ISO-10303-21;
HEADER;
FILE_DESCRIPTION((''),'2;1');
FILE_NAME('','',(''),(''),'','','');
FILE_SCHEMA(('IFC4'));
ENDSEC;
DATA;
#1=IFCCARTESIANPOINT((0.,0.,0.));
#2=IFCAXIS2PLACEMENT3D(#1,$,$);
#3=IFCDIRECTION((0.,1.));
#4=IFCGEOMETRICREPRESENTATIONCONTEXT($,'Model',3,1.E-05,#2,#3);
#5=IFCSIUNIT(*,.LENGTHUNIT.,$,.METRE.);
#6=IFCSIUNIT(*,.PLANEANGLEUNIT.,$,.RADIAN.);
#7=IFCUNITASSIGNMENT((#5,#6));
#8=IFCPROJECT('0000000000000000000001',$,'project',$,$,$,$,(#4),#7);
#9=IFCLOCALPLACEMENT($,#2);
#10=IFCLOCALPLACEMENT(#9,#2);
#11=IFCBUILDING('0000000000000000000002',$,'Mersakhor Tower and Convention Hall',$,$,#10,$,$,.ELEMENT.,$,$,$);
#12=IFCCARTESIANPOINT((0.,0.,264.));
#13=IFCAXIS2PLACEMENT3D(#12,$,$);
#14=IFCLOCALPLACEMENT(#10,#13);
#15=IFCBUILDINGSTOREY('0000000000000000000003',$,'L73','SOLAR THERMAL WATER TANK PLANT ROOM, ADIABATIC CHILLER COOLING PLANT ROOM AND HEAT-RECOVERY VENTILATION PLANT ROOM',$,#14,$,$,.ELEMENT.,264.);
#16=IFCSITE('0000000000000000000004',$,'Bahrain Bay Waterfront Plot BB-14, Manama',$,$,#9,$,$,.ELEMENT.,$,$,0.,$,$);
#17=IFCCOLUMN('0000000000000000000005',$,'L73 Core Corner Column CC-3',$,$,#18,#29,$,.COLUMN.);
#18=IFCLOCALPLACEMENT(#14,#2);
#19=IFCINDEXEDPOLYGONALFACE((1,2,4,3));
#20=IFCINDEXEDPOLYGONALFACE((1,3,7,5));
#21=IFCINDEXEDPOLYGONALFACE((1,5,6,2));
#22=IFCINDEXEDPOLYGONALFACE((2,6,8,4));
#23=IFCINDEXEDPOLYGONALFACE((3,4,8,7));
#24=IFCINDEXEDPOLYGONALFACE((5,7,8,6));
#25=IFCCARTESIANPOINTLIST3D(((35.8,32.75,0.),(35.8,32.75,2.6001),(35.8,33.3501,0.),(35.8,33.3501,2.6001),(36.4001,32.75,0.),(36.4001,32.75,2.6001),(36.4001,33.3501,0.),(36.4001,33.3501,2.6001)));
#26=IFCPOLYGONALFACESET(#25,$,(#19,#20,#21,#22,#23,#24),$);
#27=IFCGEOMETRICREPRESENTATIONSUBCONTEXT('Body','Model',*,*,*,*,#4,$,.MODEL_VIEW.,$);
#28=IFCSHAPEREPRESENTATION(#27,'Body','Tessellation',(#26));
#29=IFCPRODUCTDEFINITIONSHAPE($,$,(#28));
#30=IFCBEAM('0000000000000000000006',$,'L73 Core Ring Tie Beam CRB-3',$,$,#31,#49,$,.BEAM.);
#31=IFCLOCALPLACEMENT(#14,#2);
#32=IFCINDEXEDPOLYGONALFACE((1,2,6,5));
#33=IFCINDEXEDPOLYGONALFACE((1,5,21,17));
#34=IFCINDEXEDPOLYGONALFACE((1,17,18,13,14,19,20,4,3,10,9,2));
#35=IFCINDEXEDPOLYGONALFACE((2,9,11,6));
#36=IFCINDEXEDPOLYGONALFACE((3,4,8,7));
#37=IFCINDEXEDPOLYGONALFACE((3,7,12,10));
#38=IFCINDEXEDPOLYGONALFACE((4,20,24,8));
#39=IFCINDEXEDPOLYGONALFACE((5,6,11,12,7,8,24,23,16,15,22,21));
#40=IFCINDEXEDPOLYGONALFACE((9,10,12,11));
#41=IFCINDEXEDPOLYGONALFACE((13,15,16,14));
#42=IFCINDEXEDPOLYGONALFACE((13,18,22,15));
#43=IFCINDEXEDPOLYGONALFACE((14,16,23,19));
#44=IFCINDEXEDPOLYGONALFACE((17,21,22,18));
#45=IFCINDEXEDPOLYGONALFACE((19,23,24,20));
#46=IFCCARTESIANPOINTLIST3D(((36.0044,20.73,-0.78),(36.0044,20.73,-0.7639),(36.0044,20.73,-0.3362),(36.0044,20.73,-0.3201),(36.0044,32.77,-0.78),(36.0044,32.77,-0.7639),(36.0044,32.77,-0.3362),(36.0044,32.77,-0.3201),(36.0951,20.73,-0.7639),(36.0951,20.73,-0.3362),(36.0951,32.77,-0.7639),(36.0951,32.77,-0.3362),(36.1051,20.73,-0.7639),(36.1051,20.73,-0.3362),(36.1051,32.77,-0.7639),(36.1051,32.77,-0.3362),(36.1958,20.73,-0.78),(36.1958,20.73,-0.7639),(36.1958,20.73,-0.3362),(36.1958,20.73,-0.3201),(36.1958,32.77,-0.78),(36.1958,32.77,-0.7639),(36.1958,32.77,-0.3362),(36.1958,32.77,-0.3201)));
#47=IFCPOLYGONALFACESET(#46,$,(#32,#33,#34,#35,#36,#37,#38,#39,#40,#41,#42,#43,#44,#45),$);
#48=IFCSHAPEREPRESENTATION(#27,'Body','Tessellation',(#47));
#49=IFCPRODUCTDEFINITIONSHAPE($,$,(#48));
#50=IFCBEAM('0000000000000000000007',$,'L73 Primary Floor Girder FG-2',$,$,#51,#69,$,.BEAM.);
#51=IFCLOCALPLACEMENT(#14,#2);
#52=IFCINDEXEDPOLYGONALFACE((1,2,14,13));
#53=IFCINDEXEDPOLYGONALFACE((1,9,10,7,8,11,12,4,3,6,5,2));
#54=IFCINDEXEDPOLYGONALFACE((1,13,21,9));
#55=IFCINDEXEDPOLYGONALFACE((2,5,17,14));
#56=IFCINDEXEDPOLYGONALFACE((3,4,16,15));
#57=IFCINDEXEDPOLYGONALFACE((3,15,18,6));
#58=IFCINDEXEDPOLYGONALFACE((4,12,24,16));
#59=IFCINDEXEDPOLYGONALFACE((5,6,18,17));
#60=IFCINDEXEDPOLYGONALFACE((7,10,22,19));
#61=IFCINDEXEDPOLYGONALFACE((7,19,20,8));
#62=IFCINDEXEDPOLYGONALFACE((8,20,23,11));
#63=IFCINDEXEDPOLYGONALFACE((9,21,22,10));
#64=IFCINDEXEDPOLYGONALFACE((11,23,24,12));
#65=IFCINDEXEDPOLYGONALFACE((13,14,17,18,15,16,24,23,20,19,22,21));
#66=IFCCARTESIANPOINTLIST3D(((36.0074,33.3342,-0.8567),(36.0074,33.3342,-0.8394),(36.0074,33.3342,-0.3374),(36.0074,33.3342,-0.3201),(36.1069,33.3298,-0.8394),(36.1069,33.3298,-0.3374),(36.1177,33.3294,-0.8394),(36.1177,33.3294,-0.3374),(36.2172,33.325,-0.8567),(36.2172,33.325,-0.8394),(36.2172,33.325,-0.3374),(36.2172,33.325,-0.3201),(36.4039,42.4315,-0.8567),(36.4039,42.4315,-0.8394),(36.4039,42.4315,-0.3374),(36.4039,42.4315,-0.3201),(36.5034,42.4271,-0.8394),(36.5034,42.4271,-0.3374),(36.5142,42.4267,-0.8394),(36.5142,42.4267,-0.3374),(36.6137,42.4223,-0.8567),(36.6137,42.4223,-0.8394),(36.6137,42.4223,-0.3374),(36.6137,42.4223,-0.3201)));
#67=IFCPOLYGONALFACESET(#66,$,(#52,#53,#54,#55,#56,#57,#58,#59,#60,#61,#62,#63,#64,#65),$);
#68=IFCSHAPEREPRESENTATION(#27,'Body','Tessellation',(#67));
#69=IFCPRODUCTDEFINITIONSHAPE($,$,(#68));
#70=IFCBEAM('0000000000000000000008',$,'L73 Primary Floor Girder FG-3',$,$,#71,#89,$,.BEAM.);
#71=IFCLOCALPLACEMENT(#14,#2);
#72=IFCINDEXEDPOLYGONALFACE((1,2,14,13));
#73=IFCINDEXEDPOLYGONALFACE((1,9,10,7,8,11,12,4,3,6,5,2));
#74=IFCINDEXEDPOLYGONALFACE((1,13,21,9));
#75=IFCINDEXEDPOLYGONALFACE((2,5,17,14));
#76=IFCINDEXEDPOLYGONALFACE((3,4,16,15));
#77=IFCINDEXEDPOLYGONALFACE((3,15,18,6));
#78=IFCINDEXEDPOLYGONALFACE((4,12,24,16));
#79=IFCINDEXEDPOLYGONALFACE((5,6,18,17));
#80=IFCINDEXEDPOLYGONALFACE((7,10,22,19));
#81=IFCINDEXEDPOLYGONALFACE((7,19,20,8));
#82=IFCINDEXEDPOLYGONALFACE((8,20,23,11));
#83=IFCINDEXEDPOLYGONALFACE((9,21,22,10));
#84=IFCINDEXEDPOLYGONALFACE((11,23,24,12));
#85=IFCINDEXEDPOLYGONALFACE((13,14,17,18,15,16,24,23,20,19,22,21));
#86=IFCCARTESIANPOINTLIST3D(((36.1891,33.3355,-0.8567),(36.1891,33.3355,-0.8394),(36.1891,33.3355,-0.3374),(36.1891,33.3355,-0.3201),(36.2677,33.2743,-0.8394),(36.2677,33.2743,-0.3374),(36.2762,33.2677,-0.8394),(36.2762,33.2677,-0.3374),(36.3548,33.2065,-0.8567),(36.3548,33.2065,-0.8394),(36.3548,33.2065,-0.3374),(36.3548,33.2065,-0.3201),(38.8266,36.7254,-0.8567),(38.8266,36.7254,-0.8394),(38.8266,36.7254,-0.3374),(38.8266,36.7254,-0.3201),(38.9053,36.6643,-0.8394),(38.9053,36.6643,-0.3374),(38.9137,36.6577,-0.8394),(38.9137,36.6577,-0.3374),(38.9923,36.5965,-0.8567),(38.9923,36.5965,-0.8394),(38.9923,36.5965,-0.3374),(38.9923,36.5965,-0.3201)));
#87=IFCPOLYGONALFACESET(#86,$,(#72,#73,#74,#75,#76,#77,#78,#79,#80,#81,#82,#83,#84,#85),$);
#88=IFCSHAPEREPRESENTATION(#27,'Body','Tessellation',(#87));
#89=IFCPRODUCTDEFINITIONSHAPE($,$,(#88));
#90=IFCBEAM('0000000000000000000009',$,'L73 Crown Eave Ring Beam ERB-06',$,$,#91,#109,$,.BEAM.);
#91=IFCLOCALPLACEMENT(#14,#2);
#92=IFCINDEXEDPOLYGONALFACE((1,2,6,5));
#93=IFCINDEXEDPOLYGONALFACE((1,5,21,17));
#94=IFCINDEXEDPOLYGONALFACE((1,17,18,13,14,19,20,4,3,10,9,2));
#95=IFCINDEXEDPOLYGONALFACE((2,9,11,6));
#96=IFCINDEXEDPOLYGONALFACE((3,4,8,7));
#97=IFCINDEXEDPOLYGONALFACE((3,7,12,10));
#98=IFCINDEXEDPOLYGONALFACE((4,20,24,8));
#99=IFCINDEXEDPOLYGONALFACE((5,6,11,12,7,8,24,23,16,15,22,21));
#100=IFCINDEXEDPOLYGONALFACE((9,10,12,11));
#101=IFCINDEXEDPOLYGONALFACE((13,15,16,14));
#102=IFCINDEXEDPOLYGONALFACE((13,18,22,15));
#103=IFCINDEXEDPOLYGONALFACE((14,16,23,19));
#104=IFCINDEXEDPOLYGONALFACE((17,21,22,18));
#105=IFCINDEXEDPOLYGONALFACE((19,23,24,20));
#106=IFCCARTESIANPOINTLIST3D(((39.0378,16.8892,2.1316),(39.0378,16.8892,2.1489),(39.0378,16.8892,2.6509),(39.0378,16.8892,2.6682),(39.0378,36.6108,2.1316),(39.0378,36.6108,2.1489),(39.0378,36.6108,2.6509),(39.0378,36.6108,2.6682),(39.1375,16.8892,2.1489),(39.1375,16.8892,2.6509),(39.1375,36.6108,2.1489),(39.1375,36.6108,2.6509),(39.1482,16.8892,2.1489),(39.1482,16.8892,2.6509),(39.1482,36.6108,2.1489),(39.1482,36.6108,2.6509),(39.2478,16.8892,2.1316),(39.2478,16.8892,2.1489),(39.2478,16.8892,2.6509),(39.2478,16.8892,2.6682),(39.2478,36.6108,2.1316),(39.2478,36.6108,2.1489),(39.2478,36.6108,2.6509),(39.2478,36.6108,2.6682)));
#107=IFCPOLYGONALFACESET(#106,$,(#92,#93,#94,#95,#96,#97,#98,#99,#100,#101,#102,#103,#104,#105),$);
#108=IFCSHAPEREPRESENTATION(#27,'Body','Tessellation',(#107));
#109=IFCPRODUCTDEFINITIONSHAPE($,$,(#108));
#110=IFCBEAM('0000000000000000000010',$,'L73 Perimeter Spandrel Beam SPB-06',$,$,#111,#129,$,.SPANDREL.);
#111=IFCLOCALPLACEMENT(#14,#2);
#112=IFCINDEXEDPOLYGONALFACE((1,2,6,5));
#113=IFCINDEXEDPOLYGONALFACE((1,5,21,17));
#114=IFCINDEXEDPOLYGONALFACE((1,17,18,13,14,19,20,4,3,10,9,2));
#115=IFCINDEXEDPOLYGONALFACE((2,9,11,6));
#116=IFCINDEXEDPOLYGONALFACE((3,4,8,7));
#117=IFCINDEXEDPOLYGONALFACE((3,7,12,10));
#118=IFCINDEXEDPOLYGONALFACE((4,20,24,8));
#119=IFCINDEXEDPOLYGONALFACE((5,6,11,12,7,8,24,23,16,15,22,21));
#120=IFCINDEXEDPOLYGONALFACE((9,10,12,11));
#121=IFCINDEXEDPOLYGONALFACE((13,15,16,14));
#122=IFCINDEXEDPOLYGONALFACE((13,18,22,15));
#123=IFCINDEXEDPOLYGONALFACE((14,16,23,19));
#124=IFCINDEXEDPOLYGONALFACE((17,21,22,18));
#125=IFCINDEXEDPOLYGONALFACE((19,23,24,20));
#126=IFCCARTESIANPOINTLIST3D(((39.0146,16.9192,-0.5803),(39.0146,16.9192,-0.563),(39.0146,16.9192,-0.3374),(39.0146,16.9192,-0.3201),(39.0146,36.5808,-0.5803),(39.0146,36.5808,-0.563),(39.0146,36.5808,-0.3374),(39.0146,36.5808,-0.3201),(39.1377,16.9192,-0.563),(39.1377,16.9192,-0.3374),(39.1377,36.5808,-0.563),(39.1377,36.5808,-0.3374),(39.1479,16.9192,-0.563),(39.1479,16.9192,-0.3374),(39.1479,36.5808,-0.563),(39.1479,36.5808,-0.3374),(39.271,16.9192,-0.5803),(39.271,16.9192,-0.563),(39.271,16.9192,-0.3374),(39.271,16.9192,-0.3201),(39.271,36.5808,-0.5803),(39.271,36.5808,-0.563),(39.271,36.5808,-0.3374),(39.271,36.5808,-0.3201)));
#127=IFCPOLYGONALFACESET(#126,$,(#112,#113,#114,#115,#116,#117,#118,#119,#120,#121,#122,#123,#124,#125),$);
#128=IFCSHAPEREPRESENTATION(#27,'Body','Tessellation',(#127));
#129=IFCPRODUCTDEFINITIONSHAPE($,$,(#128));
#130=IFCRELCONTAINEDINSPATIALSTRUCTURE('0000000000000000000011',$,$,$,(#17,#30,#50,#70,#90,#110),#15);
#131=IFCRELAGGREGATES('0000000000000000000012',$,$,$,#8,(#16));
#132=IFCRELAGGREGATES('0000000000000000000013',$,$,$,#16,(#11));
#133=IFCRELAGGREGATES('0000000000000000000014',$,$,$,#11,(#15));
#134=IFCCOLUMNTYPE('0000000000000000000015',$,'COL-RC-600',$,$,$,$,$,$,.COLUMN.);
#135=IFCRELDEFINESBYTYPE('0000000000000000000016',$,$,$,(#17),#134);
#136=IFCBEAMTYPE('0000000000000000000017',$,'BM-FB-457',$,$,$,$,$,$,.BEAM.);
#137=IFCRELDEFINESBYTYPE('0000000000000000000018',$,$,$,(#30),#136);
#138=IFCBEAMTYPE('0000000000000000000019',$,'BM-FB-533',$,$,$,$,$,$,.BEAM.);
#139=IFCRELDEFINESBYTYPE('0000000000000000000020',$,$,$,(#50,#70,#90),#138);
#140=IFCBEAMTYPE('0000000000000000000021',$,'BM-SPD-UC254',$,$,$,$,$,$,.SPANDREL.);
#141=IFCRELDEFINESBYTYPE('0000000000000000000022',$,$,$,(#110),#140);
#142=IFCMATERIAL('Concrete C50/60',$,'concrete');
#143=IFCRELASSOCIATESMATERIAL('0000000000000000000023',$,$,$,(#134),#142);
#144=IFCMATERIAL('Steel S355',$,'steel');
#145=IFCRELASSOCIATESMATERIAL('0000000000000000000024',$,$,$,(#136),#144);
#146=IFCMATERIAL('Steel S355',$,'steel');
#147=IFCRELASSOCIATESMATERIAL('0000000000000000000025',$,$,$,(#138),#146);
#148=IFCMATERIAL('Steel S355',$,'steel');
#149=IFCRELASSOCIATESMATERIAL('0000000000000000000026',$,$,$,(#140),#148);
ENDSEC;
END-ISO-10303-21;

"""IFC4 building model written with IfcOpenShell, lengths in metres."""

from ifc_helpers import new_model, si_unit, direction, frame, origin, origin_2d, place, context, subcontext, project, spatial, rectangle, i_section, extrude, material, material_profile, profile_set, type_object, element, save


model = new_model("IFC4")

# Units and contexts
model_context = context("Model", 3, precision=1e-05, world=origin(), true_north=direction((0.0, 1.0)))
body_context = subcontext(model_context, "Body", "Model", "MODEL_VIEW")
ifc_project = project(units=[si_unit("LENGTHUNIT", "METRE"), si_unit("PLANEANGLEUNIT", "RADIAN")], contexts=[model_context])

# Site, building, storey
site_placement = place(None, origin())
site = spatial("IfcSite", under=ifc_project, at=site_placement, Name="Bahrain Bay Waterfront Plot BB-14, Manama", CompositionType="ELEMENT", RefElevation=0.0)
building_placement = place(site_placement, origin())
building = spatial("IfcBuilding", under=site, at=building_placement, Name="Mersakhor Tower and Convention Hall", CompositionType="ELEMENT")
storey_placement = place(building_placement, frame((0.0, 0.0, 264.0)))
storey = spatial("IfcBuildingStorey", under=building, at=storey_placement, Name="L73", Description="SOLAR THERMAL WATER TANK PLANT ROOM, ADIABATIC CHILLER COOLING PLANT ROOM AND HEAT-RECOVERY VENTILATION PLANT ROOM", CompositionType="ELEMENT", Elevation=264.0)

# Column
ifc_material_1 = material(Name="Concrete C50/60", Category="concrete")
ifc_material_profile_1 = material_profile(ifc_material_1, rectangle(XDim=0.6001, YDim=0.6001, at=origin_2d()), Name="RC 600x600")
ifc_profile_set_1 = profile_set([ifc_material_profile_1], Name="Concrete C50/60")
column_type = type_object("IfcColumnType", Name="COL-RC-600", PredefinedType="COLUMN", material=ifc_profile_set_1)
column_placement = place(storey_placement, frame((36.1001, 33.05, 0.0), z_axis=(0.0, 0.0, 1.0), x_axis=(1.0, 0.0, 0.0)))
element("IfcColumn", 1, at=column_placement, inside=storey, type_object=column_type, Name="L73 Core Corner Column CC-3", PredefinedType="COLUMN", context=body_context, shape_type="SweptSolid", body=[
    extrude(rectangle(XDim=0.6001, YDim=0.6001, at=origin_2d()), origin(), (0.0, 0.0, 1.0), 2.6001),
])

# Beams
ifc_material_2 = material(Name="Steel S355", Category="steel")
ifc_material_profile_2 = material_profile(ifc_material_2, i_section(OverallWidth=0.1914, OverallDepth=0.46, WebThickness=0.01, FlangeThickness=0.0161, at=origin_2d()), Name="UB 457x191x82")
ifc_profile_set_2 = profile_set([ifc_material_profile_2], Name="Steel S355")
beam_type_1 = type_object("IfcBeamType", Name="BM-FB-457", PredefinedType="BEAM", material=ifc_profile_set_2)
beam_1_placement = place(storey_placement, frame((36.1001, 32.77, -0.55), z_axis=(0.0, -1.0, 0.0), x_axis=(1.0, 0.0, 0.0)))
element("IfcBeam", 2, at=beam_1_placement, inside=storey, type_object=beam_type_1, Name="L73 Core Ring Tie Beam CRB-3", PredefinedType="BEAM", context=body_context, shape_type="SweptSolid", body=[
    extrude(i_section(OverallWidth=0.1914, OverallDepth=0.46, WebThickness=0.01, FlangeThickness=0.0161, at=origin_2d()), origin(), (0.0, 0.0, 1.0), 12.04),
])
ifc_material_3 = material(Name="Steel S355", Category="steel")
ifc_material_profile_3 = material_profile(ifc_material_3, i_section(OverallWidth=0.21, OverallDepth=0.5366, WebThickness=0.0107, FlangeThickness=0.0173, at=origin_2d()), Name="UB 533x210x101")
ifc_profile_set_3 = profile_set([ifc_material_profile_3], Name="Steel S355")
beam_type_2 = type_object("IfcBeamType", Name="BM-FB-533", PredefinedType="BEAM", material=ifc_profile_set_3)
beam_2_placement = place(storey_placement, frame((36.1123, 33.3296, -0.5884), z_axis=(0.043541, 0.999052, 0.0), x_axis=(-0.999052, 0.043541, 0.0)))
element("IfcBeam", 3, at=beam_2_placement, inside=storey, type_object=beam_type_2, Name="L73 Primary Floor Girder FG-2", PredefinedType="BEAM", context=body_context, shape_type="SweptSolid", body=[
    extrude(i_section(OverallWidth=0.21, OverallDepth=0.5366, WebThickness=0.0107, FlangeThickness=0.0173, at=origin_2d()), origin(), (0.0, 0.0, 1.0), 9.106),
])
beam_3_placement = place(storey_placement, frame((36.272, 33.271, -0.5884), z_axis=(0.614067, 0.789254, 0.0), x_axis=(-0.789254, 0.614067, 0.0)))
element("IfcBeam", 4, at=beam_3_placement, inside=storey, type_object=beam_type_2, Name="L73 Primary Floor Girder FG-3", PredefinedType="BEAM", context=body_context, shape_type="SweptSolid", body=[
    extrude(i_section(OverallWidth=0.21, OverallDepth=0.5366, WebThickness=0.0107, FlangeThickness=0.0173, at=origin_2d()), origin(), (0.0, 0.0, 1.0), 4.2952),
])
beam_4_placement = place(storey_placement, frame((39.1428, 36.6108, 2.3999), z_axis=(0.0, -1.0, 0.0), x_axis=(1.0, 0.0, 0.0)))
element("IfcBeam", 5, at=beam_4_placement, inside=storey, type_object=beam_type_2, Name="L73 Crown Eave Ring Beam ERB-06", PredefinedType="BEAM", context=body_context, shape_type="SweptSolid", body=[
    extrude(i_section(OverallWidth=0.21, OverallDepth=0.5366, WebThickness=0.0107, FlangeThickness=0.0173, at=origin_2d()), origin(), (0.0, 0.0, 1.0), 19.7217),
])
ifc_material_4 = material(Name="Steel S355", Category="steel")
ifc_material_profile_4 = material_profile(ifc_material_4, i_section(OverallWidth=0.2563, OverallDepth=0.2603, WebThickness=0.0103, FlangeThickness=0.0173, at=origin_2d()), Name="UC 254x254x89")
ifc_profile_set_4 = profile_set([ifc_material_profile_4], Name="Steel S355")
beam_type_3 = type_object("IfcBeamType", Name="BM-SPD-UC254", PredefinedType="SPANDREL", material=ifc_profile_set_4)
beam_5_placement = place(storey_placement, frame((39.1428, 36.5808, -0.4502), z_axis=(0.0, -1.0, 0.0), x_axis=(1.0, 0.0, 0.0)))
element("IfcBeam", 6, at=beam_5_placement, inside=storey, type_object=beam_type_3, Name="L73 Perimeter Spandrel Beam SPB-06", PredefinedType="SPANDREL", context=body_context, shape_type="SweptSolid", body=[
    extrude(i_section(OverallWidth=0.2563, OverallDepth=0.2603, WebThickness=0.0103, FlangeThickness=0.0173, at=origin_2d()), origin(), (0.0, 0.0, 1.0), 19.6616),
])

save(model, "model.ifc")
